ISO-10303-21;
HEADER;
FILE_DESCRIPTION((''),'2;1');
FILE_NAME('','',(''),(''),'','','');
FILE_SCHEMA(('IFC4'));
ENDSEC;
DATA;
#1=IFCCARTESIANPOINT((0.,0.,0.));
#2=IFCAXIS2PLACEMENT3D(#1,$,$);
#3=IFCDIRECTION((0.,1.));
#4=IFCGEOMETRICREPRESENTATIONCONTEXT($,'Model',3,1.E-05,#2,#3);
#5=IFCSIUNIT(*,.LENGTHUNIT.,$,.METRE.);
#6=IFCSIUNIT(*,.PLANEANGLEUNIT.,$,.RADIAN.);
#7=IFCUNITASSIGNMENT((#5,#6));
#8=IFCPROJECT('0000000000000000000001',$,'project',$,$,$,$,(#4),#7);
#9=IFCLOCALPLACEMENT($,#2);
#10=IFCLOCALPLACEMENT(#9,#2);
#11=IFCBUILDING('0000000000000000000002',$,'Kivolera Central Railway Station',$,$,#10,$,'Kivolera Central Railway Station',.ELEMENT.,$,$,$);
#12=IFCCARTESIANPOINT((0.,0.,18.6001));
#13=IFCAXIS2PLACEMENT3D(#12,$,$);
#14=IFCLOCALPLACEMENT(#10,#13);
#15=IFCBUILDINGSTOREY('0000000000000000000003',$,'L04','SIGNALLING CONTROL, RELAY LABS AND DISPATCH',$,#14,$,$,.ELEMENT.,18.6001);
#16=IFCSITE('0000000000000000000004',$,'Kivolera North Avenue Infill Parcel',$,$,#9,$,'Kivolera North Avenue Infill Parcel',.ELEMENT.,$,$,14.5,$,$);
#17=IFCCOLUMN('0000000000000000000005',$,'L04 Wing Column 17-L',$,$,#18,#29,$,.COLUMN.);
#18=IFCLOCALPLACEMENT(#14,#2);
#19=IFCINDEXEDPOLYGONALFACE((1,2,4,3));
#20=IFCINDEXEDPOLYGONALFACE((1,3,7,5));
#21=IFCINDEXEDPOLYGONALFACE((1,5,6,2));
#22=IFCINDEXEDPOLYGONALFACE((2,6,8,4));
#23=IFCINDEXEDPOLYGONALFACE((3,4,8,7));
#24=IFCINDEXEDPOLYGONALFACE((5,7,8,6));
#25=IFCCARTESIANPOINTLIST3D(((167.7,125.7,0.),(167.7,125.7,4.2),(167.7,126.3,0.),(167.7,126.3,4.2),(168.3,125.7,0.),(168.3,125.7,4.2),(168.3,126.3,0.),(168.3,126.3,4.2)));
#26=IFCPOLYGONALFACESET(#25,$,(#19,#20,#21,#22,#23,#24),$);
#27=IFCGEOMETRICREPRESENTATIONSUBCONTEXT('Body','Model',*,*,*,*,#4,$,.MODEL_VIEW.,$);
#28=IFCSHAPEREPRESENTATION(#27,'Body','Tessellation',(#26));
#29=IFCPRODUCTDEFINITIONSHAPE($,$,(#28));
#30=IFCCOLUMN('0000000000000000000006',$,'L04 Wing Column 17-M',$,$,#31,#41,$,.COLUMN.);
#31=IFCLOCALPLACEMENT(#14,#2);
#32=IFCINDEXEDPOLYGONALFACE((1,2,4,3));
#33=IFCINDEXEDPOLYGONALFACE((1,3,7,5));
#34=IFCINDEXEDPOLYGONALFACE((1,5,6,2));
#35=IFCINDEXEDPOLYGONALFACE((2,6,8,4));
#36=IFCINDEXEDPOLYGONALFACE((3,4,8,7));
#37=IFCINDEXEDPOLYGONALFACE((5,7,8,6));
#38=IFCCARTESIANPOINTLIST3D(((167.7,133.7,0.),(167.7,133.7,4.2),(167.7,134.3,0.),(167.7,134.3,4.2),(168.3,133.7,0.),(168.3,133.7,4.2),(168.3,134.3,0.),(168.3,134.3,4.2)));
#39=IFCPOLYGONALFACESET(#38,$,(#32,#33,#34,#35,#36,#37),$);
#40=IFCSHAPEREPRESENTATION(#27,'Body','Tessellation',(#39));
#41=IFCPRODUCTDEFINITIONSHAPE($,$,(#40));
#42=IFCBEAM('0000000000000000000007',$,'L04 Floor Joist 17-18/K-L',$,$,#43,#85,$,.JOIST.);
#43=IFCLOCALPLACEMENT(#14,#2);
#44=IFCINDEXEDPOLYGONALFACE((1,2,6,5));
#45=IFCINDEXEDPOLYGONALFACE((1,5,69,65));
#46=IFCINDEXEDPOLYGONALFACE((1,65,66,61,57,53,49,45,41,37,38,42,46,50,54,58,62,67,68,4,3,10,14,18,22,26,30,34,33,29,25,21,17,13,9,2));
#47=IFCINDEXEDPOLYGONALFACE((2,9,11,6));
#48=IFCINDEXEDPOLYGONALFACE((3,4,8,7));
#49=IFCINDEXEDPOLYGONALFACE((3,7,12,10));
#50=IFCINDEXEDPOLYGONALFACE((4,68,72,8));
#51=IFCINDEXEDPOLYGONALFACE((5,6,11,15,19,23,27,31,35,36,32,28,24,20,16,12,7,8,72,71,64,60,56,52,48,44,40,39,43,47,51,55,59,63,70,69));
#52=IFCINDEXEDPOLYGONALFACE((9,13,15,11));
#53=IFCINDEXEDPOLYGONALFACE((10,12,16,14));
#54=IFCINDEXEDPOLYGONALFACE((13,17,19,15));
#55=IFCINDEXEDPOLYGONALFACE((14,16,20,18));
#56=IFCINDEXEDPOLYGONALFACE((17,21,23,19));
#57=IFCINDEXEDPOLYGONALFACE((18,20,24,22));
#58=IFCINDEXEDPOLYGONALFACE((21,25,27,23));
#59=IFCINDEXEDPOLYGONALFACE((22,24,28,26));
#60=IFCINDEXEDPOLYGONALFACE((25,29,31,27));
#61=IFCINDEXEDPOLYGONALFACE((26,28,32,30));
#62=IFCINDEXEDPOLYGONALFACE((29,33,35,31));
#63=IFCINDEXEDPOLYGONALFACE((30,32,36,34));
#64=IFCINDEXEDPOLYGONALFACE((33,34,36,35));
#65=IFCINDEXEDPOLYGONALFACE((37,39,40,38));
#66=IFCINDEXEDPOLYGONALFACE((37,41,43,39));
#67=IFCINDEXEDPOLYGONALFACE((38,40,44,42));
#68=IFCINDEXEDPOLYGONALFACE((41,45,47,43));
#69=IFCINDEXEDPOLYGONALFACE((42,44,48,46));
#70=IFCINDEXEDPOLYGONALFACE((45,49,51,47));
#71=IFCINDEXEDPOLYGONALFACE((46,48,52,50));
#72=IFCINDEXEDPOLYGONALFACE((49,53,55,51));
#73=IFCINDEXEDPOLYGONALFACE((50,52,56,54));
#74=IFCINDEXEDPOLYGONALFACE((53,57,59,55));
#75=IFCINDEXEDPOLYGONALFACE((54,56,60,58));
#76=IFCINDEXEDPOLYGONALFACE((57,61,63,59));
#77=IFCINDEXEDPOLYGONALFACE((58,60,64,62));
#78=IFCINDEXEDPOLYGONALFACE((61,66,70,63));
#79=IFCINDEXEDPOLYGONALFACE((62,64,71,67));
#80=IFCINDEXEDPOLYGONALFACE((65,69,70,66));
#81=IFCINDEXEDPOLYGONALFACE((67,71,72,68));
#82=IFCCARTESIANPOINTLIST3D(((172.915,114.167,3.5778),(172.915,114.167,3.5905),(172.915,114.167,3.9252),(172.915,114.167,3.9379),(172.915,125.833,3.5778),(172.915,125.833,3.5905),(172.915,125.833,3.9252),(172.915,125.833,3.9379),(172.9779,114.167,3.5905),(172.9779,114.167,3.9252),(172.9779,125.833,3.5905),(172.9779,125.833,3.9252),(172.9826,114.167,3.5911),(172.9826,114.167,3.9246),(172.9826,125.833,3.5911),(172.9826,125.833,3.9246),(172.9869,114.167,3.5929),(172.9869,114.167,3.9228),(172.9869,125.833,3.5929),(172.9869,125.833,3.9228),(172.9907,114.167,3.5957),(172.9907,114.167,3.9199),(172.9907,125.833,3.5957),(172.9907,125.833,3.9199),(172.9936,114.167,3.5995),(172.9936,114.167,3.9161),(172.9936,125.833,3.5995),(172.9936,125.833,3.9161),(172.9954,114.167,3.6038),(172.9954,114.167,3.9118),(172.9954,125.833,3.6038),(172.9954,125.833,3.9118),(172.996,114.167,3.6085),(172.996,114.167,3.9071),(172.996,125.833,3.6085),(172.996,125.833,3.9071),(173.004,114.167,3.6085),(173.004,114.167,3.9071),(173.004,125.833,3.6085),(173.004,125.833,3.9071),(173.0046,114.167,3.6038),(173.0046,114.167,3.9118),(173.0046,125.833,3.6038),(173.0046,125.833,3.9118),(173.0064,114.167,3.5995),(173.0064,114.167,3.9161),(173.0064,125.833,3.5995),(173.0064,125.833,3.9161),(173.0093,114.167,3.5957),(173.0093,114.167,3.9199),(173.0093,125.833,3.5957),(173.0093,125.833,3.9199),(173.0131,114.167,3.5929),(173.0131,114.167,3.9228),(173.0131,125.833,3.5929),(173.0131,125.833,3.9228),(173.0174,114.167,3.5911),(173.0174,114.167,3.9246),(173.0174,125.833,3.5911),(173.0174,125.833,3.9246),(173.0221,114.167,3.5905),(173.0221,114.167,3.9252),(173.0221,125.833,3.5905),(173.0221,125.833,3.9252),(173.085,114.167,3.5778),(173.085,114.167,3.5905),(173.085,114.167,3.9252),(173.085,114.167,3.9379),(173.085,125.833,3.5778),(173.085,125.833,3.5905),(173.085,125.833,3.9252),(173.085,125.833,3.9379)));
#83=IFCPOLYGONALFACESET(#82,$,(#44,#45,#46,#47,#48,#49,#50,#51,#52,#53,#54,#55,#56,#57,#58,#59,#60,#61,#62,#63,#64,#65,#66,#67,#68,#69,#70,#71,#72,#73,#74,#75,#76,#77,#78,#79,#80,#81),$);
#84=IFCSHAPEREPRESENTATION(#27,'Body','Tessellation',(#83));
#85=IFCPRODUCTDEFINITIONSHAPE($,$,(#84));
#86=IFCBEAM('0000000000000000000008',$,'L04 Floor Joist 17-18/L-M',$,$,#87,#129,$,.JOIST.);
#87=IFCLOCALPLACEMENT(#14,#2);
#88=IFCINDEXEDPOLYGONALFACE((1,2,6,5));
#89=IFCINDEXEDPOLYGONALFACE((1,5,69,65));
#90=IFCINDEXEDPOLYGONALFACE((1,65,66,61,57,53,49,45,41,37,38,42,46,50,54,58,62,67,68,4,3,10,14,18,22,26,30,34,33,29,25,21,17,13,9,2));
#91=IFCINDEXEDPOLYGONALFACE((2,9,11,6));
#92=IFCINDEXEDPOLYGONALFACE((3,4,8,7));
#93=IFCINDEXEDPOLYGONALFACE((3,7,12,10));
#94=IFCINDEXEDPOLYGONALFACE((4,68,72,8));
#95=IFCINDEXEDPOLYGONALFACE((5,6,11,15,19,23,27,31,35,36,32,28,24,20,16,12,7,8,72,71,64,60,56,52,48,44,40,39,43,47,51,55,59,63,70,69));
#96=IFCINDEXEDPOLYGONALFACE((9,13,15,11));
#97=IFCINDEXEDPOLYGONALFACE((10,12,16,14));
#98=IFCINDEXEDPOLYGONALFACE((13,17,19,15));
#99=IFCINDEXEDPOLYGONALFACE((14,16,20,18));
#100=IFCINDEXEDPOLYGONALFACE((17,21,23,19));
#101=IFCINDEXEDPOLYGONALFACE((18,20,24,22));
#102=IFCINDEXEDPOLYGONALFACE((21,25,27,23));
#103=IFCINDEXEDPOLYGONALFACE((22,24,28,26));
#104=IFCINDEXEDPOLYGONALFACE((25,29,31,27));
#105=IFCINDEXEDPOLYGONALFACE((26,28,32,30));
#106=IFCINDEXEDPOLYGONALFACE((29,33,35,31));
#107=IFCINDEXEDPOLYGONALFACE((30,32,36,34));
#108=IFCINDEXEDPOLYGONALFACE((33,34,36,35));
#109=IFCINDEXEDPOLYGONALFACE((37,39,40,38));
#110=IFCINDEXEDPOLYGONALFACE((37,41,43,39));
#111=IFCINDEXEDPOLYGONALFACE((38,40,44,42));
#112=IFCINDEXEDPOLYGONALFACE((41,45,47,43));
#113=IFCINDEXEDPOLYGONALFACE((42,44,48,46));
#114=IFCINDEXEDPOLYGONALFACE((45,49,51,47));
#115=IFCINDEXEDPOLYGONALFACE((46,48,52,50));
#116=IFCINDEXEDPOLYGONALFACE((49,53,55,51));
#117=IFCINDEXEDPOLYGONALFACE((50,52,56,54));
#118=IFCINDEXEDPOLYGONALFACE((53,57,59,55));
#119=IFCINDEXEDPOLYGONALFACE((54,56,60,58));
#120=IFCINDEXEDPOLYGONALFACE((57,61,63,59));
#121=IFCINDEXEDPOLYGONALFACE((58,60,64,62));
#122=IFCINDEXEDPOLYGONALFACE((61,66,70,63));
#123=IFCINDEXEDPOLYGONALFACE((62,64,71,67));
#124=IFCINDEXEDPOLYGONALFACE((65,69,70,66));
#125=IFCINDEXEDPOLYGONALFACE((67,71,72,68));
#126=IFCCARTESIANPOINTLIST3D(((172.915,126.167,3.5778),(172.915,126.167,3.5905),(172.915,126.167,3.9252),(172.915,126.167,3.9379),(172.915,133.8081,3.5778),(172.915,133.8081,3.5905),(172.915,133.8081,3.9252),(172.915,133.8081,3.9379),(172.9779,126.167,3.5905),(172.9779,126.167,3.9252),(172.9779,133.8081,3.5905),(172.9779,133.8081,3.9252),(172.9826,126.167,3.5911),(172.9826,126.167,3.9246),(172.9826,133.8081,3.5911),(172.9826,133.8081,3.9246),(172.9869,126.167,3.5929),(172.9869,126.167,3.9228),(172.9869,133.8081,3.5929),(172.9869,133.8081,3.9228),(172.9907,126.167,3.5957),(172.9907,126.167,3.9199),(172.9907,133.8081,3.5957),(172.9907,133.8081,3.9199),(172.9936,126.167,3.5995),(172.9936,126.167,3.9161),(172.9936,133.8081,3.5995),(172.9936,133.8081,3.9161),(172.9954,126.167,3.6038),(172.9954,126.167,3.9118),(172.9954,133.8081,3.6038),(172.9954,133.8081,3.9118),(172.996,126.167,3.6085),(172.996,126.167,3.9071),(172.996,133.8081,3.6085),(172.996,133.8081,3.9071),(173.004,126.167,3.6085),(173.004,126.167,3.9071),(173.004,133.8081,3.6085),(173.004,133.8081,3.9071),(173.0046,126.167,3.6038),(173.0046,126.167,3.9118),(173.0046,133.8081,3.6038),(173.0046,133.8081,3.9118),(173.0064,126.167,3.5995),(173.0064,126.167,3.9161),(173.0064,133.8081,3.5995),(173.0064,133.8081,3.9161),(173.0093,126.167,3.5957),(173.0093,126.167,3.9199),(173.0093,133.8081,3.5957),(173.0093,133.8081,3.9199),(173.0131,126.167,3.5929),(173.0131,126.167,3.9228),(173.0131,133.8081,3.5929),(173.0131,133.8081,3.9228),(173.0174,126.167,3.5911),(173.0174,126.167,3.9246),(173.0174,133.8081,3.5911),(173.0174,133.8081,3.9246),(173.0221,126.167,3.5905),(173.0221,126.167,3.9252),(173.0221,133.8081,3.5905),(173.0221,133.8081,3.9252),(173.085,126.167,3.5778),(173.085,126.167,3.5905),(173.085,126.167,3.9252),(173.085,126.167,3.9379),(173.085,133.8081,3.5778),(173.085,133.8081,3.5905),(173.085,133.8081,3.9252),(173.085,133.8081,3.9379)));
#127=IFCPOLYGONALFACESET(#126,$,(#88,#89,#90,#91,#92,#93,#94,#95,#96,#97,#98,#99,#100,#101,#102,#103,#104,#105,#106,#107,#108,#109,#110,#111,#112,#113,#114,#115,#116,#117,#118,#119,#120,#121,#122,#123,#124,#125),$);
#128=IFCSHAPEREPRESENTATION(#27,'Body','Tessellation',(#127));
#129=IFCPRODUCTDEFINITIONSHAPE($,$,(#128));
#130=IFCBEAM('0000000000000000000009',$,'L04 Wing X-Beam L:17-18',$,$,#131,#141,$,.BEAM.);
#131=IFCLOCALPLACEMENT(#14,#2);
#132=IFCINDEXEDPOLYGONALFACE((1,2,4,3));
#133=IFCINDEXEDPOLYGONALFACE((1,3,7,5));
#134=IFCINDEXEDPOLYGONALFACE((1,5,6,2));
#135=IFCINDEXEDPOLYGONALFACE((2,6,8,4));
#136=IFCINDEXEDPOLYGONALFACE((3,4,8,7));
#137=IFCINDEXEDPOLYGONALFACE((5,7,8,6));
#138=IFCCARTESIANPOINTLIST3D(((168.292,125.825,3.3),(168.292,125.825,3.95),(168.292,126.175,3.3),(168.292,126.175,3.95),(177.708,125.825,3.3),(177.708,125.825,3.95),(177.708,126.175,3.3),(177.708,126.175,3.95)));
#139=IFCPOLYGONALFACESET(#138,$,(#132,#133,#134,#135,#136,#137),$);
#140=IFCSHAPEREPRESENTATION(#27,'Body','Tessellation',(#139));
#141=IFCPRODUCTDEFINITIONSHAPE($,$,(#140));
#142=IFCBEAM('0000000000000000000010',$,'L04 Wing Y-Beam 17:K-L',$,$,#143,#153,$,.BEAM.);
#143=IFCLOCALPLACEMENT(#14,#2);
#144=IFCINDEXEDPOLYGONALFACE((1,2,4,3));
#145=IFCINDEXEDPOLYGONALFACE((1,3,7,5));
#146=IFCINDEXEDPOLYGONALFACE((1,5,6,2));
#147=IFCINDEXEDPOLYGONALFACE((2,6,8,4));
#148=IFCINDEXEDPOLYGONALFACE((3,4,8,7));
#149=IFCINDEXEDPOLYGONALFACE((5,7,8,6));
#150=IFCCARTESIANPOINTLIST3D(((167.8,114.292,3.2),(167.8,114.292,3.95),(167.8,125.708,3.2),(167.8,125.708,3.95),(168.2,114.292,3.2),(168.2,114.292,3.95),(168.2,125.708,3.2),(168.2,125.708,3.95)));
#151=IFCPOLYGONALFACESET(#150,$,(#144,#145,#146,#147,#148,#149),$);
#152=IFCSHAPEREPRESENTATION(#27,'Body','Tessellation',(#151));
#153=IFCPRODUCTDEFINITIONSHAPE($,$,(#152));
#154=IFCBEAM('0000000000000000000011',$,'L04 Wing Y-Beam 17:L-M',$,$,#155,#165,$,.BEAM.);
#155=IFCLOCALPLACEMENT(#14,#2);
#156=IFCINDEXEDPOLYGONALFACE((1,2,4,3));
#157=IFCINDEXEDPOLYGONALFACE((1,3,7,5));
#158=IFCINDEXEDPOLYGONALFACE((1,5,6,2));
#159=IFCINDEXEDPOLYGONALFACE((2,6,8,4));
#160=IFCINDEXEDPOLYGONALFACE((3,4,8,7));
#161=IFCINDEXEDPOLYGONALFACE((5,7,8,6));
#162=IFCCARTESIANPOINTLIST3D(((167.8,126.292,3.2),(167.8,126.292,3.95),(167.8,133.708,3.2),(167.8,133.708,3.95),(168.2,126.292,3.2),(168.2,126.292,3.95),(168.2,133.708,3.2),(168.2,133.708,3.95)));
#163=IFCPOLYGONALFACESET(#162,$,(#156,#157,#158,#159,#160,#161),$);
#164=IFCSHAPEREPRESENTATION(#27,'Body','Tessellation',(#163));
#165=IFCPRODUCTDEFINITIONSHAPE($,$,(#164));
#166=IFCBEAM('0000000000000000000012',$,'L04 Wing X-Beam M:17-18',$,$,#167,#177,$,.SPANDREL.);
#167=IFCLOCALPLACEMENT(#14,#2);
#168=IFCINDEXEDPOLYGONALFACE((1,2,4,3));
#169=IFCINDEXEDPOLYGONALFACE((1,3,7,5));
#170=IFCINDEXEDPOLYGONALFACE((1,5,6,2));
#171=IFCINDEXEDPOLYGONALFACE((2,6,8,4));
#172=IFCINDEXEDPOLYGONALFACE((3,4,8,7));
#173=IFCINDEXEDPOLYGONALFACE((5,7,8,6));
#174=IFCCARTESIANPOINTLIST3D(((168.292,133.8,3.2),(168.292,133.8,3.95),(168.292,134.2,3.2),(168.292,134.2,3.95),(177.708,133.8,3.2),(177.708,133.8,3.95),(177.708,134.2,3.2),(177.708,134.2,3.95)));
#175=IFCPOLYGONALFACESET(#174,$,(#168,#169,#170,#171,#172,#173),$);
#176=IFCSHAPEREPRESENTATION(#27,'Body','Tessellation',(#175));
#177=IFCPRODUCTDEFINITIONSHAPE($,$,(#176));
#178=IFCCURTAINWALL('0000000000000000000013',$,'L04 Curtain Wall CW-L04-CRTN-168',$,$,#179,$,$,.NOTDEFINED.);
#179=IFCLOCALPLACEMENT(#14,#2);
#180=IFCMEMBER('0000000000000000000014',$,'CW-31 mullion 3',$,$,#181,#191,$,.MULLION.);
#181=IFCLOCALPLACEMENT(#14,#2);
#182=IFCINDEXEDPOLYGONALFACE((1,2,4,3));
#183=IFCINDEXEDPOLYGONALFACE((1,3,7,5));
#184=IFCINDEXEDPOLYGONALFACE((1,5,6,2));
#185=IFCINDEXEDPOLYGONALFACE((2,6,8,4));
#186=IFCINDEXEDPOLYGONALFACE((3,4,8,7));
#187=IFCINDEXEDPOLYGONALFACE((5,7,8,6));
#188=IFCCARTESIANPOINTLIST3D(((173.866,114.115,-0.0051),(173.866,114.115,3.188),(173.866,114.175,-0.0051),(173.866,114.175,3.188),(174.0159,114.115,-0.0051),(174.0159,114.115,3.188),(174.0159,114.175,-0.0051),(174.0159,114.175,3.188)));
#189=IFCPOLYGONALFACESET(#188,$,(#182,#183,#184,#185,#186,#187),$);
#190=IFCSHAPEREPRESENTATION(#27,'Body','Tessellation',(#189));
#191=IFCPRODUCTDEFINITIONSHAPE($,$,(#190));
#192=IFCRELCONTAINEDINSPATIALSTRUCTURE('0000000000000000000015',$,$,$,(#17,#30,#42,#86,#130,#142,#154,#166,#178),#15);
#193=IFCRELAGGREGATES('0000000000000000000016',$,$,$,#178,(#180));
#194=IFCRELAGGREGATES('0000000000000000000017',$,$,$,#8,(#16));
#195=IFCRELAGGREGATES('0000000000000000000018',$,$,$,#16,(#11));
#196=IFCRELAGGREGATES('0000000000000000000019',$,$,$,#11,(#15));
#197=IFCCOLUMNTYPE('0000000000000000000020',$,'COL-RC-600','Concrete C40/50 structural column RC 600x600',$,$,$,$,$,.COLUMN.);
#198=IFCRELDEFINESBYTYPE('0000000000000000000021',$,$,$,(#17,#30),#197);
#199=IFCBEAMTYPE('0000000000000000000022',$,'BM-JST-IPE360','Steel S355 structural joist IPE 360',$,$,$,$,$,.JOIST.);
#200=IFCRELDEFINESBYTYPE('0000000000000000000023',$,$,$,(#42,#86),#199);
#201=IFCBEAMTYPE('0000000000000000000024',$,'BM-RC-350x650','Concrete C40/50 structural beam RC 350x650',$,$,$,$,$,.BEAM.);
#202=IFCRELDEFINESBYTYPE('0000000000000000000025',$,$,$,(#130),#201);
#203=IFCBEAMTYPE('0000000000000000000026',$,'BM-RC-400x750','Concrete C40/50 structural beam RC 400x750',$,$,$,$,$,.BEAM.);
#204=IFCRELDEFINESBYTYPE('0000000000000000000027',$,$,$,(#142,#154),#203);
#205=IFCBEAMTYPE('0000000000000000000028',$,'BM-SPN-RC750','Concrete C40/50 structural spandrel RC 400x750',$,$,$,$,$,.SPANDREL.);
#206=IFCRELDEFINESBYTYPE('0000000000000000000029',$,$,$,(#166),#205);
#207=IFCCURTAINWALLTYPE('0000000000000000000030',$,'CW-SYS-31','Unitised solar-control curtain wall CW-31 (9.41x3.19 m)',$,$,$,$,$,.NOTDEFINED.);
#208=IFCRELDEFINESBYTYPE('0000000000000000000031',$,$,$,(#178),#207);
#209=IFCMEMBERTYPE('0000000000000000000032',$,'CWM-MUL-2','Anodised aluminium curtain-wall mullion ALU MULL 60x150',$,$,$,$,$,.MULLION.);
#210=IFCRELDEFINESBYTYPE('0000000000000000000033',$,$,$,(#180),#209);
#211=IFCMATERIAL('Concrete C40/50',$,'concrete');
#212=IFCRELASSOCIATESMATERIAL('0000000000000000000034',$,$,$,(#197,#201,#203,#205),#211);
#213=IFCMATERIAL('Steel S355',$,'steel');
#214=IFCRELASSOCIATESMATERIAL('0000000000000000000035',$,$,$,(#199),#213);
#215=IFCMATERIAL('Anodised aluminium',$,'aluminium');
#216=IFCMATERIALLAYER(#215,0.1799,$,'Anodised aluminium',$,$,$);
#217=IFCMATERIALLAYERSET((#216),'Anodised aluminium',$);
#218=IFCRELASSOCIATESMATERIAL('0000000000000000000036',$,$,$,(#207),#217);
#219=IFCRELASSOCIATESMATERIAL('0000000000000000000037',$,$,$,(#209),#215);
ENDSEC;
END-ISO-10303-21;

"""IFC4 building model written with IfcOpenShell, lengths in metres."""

from ifc_helpers import new_model, si_unit, direction, frame, origin, origin_2d, place, context, subcontext, project, spatial, rectangle, i_section, extrude, material, layer, layer_set, material_profile, profile_set, type_object, element, aggregate, save


model = new_model("IFC4")

# Units and contexts
model_context = context("Model", 3, precision=1e-05, world=origin(), true_north=direction((0.0, 1.0)))
body_context = subcontext(model_context, "Body", "Model", "MODEL_VIEW")
ifc_project = project(units=[si_unit("LENGTHUNIT", "METRE"), si_unit("PLANEANGLEUNIT", "RADIAN")], contexts=[model_context])

# Site, building, storey
site_placement = place(None, origin())
site = spatial("IfcSite", under=ifc_project, at=site_placement, Name="Kivolera North Avenue Infill Parcel", LongName="Kivolera North Avenue Infill Parcel", CompositionType="ELEMENT", RefElevation=14.5)
building_placement = place(site_placement, origin())
building = spatial("IfcBuilding", under=site, at=building_placement, Name="Kivolera Central Railway Station", LongName="Kivolera Central Railway Station", CompositionType="ELEMENT")
storey_placement = place(building_placement, frame((0.0, 0.0, 18.6001)))
storey = spatial("IfcBuildingStorey", under=building, at=storey_placement, Name="L04", Description="SIGNALLING CONTROL, RELAY LABS AND DISPATCH", CompositionType="ELEMENT", Elevation=18.6001)

# Columns
ifc_material_1 = material(Name="Concrete C40/50", Category="concrete")
ifc_material_profile_1 = material_profile(ifc_material_1, rectangle(XDim=0.6001, YDim=0.6001, at=origin_2d()), Name="RC 600x600")
ifc_profile_set_1 = profile_set([ifc_material_profile_1], Name="Concrete C40/50")
column_type = type_object("IfcColumnType", Name="COL-RC-600", Description="Concrete C40/50 structural column RC 600x600", PredefinedType="COLUMN", material=ifc_profile_set_1)
for number, where, z_axis, x_axis, name in (
    (1, (168.0, 126.0, 0.0), (0.0, 0.0, 1.0), (1.0, 0.0, 0.0), "L04 Wing Column 17-L"),
    (2, (168.0, 134.0, 0.0), (0.0, 0.0, 1.0), (1.0, 0.0, 0.0), "L04 Wing Column 17-M"),
):
    element("IfcColumn", number, at=place(storey_placement, frame(where, z_axis=z_axis, x_axis=x_axis)), inside=storey, type_object=column_type, Name=name, PredefinedType="COLUMN", context=body_context, shape_type="SweptSolid", body=[
        extrude(rectangle(XDim=0.6001, YDim=0.6001, at=origin_2d()), origin(), (0.0, 0.0, 1.0), 4.2),
    ])

# Beams
ifc_material_2 = material(Name="Steel S355", Category="steel")
ifc_material_profile_2 = material_profile(ifc_material_2, i_section(OverallWidth=0.1699, OverallDepth=0.3601, WebThickness=0.0081, FlangeThickness=0.0127, FilletRadius=0.0181, at=origin_2d()), Name="IPE 360")
ifc_profile_set_2 = profile_set([ifc_material_profile_2], Name="Steel S355")
beam_type_1 = type_object("IfcBeamType", Name="BM-JST-IPE360", Description="Steel S355 structural joist IPE 360", PredefinedType="JOIST", material=ifc_profile_set_2)
beam_1_placement = place(storey_placement, frame((173.0, 114.167, 3.7578), z_axis=(0.0, 1.0, 0.0), x_axis=(-1.0, 0.0, 0.0)))
element("IfcBeam", 3, at=beam_1_placement, inside=storey, type_object=beam_type_1, Name="L04 Floor Joist 17-18/K-L", PredefinedType="JOIST", context=body_context, shape_type="SweptSolid", body=[
    extrude(i_section(OverallWidth=0.1699, OverallDepth=0.3601, WebThickness=0.0081, FlangeThickness=0.0127, FilletRadius=0.0181, at=origin_2d()), origin(), (0.0, 0.0, 1.0), 11.666),
])
beam_2_placement = place(storey_placement, frame((173.0, 126.167, 3.7578), z_axis=(0.0, 1.0, 0.0), x_axis=(-1.0, 0.0, 0.0)))
element("IfcBeam", 4, at=beam_2_placement, inside=storey, type_object=beam_type_1, Name="L04 Floor Joist 17-18/L-M", PredefinedType="JOIST", context=body_context, shape_type="SweptSolid", body=[
    extrude(i_section(OverallWidth=0.1699, OverallDepth=0.3601, WebThickness=0.0081, FlangeThickness=0.0127, FilletRadius=0.0181, at=origin_2d()), origin(), (0.0, 0.0, 1.0), 7.6411),
])
ifc_material_profile_3 = material_profile(ifc_material_1, rectangle(XDim=0.3501, YDim=0.6499, at=origin_2d()), Name="RC 350x650")
ifc_profile_set_3 = profile_set([ifc_material_profile_3], Name="Concrete C40/50")
beam_type_2 = type_object("IfcBeamType", Name="BM-RC-350x650", Description="Concrete C40/50 structural beam RC 350x650", PredefinedType="BEAM", material=ifc_profile_set_3)
beam_3_placement = place(storey_placement, frame((168.292, 126.0, 3.625), z_axis=(1.0, 0.0, 0.0), x_axis=(0.0, 1.0, 0.0)))
element("IfcBeam", 5, at=beam_3_placement, inside=storey, type_object=beam_type_2, Name="L04 Wing X-Beam L:17-18", PredefinedType="BEAM", context=body_context, shape_type="SweptSolid", body=[
    extrude(rectangle(XDim=0.3501, YDim=0.6499, at=origin_2d()), origin(), (0.0, 0.0, 1.0), 9.416),
])
ifc_material_profile_4 = material_profile(ifc_material_1, rectangle(XDim=0.3999, YDim=0.75, at=origin_2d()), Name="RC 400x750")
ifc_profile_set_4 = profile_set([ifc_material_profile_4], Name="Concrete C40/50")
beam_type_3 = type_object("IfcBeamType", Name="BM-RC-400x750", Description="Concrete C40/50 structural beam RC 400x750", PredefinedType="BEAM", material=ifc_profile_set_4)
beam_4_placement = place(storey_placement, frame((168.0, 114.292, 3.575), z_axis=(0.0, 1.0, 0.0), x_axis=(-1.0, 0.0, 0.0)))
element("IfcBeam", 6, at=beam_4_placement, inside=storey, type_object=beam_type_3, Name="L04 Wing Y-Beam 17:K-L", PredefinedType="BEAM", context=body_context, shape_type="SweptSolid", body=[
    extrude(rectangle(XDim=0.3999, YDim=0.75, at=origin_2d()), origin(), (0.0, 0.0, 1.0), 11.416),
])
beam_5_placement = place(storey_placement, frame((168.0, 126.292, 3.575), z_axis=(0.0, 1.0, 0.0), x_axis=(-1.0, 0.0, 0.0)))
element("IfcBeam", 7, at=beam_5_placement, inside=storey, type_object=beam_type_3, Name="L04 Wing Y-Beam 17:L-M", PredefinedType="BEAM", context=body_context, shape_type="SweptSolid", body=[
    extrude(rectangle(XDim=0.3999, YDim=0.75, at=origin_2d()), origin(), (0.0, 0.0, 1.0), 7.416),
])
ifc_material_profile_5 = material_profile(ifc_material_1, rectangle(XDim=0.3999, YDim=0.75, at=origin_2d()), Name="RC 400x750")
ifc_profile_set_5 = profile_set([ifc_material_profile_5], Name="Concrete C40/50")
beam_type_4 = type_object("IfcBeamType", Name="BM-SPN-RC750", Description="Concrete C40/50 structural spandrel RC 400x750", PredefinedType="SPANDREL", material=ifc_profile_set_5)
beam_6_placement = place(storey_placement, frame((168.292, 134.0, 3.575), z_axis=(1.0, 0.0, 0.0), x_axis=(0.0, 1.0, 0.0)))
element("IfcBeam", 8, at=beam_6_placement, inside=storey, type_object=beam_type_4, Name="L04 Wing X-Beam M:17-18", PredefinedType="SPANDREL", context=body_context, shape_type="SweptSolid", body=[
    extrude(rectangle(XDim=0.3999, YDim=0.75, at=origin_2d()), origin(), (0.0, 0.0, 1.0), 9.416),
])

# Curtain wall, member
ifc_material_3 = material(Name="Anodised aluminium", Category="aluminium")
ifc_layer_1 = layer(ifc_material_3, 0.1799, Name="Anodised aluminium")
ifc_layer_set_1 = layer_set([ifc_layer_1], Name="Anodised aluminium")
curtain_wall_type = type_object("IfcCurtainWallType", Name="CW-SYS-31", Description="Unitised solar-control curtain wall CW-31 (9.41x3.19 m)", PredefinedType="NOTDEFINED", material=ifc_layer_set_1)
curtain_wall_placement = place(storey_placement, origin())
curtain_wall = element("IfcCurtainWall", 9, at=curtain_wall_placement, inside=storey, type_object=curtain_wall_type, Name="L04 Curtain Wall CW-L04-CRTN-168", PredefinedType="NOTDEFINED")
ifc_material_profile_6 = material_profile(ifc_material_3, rectangle(XDim=0.0601, YDim=0.1499, at=origin_2d()), Name="ALU MULL 60x150")
ifc_profile_set_6 = profile_set([ifc_material_profile_6], Name="Anodised aluminium")
member_type_1 = type_object("IfcMemberType", Name="CWM-MUL-2", Description="Anodised aluminium curtain-wall mullion ALU MULL 60x150", PredefinedType="MULLION", material=ifc_profile_set_6)
member_1_placement = place(storey_placement, frame((173.9409, 114.145, -0.0051), z_axis=(0.0, 0.0, 1.0), x_axis=(0.0, -1.0, 0.0)))
member_1 = element("IfcMember", 10, at=member_1_placement, type_object=member_type_1, Name="CW-31 mullion 3", PredefinedType="MULLION", context=body_context, shape_type="SweptSolid", body=[
    extrude(rectangle(XDim=0.0601, YDim=0.1499, at=origin_2d()), origin(), (0.0, 0.0, 1.0), 3.1931),
])
aggregate(curtain_wall, [member_1])

save(model, "model.ifc")
